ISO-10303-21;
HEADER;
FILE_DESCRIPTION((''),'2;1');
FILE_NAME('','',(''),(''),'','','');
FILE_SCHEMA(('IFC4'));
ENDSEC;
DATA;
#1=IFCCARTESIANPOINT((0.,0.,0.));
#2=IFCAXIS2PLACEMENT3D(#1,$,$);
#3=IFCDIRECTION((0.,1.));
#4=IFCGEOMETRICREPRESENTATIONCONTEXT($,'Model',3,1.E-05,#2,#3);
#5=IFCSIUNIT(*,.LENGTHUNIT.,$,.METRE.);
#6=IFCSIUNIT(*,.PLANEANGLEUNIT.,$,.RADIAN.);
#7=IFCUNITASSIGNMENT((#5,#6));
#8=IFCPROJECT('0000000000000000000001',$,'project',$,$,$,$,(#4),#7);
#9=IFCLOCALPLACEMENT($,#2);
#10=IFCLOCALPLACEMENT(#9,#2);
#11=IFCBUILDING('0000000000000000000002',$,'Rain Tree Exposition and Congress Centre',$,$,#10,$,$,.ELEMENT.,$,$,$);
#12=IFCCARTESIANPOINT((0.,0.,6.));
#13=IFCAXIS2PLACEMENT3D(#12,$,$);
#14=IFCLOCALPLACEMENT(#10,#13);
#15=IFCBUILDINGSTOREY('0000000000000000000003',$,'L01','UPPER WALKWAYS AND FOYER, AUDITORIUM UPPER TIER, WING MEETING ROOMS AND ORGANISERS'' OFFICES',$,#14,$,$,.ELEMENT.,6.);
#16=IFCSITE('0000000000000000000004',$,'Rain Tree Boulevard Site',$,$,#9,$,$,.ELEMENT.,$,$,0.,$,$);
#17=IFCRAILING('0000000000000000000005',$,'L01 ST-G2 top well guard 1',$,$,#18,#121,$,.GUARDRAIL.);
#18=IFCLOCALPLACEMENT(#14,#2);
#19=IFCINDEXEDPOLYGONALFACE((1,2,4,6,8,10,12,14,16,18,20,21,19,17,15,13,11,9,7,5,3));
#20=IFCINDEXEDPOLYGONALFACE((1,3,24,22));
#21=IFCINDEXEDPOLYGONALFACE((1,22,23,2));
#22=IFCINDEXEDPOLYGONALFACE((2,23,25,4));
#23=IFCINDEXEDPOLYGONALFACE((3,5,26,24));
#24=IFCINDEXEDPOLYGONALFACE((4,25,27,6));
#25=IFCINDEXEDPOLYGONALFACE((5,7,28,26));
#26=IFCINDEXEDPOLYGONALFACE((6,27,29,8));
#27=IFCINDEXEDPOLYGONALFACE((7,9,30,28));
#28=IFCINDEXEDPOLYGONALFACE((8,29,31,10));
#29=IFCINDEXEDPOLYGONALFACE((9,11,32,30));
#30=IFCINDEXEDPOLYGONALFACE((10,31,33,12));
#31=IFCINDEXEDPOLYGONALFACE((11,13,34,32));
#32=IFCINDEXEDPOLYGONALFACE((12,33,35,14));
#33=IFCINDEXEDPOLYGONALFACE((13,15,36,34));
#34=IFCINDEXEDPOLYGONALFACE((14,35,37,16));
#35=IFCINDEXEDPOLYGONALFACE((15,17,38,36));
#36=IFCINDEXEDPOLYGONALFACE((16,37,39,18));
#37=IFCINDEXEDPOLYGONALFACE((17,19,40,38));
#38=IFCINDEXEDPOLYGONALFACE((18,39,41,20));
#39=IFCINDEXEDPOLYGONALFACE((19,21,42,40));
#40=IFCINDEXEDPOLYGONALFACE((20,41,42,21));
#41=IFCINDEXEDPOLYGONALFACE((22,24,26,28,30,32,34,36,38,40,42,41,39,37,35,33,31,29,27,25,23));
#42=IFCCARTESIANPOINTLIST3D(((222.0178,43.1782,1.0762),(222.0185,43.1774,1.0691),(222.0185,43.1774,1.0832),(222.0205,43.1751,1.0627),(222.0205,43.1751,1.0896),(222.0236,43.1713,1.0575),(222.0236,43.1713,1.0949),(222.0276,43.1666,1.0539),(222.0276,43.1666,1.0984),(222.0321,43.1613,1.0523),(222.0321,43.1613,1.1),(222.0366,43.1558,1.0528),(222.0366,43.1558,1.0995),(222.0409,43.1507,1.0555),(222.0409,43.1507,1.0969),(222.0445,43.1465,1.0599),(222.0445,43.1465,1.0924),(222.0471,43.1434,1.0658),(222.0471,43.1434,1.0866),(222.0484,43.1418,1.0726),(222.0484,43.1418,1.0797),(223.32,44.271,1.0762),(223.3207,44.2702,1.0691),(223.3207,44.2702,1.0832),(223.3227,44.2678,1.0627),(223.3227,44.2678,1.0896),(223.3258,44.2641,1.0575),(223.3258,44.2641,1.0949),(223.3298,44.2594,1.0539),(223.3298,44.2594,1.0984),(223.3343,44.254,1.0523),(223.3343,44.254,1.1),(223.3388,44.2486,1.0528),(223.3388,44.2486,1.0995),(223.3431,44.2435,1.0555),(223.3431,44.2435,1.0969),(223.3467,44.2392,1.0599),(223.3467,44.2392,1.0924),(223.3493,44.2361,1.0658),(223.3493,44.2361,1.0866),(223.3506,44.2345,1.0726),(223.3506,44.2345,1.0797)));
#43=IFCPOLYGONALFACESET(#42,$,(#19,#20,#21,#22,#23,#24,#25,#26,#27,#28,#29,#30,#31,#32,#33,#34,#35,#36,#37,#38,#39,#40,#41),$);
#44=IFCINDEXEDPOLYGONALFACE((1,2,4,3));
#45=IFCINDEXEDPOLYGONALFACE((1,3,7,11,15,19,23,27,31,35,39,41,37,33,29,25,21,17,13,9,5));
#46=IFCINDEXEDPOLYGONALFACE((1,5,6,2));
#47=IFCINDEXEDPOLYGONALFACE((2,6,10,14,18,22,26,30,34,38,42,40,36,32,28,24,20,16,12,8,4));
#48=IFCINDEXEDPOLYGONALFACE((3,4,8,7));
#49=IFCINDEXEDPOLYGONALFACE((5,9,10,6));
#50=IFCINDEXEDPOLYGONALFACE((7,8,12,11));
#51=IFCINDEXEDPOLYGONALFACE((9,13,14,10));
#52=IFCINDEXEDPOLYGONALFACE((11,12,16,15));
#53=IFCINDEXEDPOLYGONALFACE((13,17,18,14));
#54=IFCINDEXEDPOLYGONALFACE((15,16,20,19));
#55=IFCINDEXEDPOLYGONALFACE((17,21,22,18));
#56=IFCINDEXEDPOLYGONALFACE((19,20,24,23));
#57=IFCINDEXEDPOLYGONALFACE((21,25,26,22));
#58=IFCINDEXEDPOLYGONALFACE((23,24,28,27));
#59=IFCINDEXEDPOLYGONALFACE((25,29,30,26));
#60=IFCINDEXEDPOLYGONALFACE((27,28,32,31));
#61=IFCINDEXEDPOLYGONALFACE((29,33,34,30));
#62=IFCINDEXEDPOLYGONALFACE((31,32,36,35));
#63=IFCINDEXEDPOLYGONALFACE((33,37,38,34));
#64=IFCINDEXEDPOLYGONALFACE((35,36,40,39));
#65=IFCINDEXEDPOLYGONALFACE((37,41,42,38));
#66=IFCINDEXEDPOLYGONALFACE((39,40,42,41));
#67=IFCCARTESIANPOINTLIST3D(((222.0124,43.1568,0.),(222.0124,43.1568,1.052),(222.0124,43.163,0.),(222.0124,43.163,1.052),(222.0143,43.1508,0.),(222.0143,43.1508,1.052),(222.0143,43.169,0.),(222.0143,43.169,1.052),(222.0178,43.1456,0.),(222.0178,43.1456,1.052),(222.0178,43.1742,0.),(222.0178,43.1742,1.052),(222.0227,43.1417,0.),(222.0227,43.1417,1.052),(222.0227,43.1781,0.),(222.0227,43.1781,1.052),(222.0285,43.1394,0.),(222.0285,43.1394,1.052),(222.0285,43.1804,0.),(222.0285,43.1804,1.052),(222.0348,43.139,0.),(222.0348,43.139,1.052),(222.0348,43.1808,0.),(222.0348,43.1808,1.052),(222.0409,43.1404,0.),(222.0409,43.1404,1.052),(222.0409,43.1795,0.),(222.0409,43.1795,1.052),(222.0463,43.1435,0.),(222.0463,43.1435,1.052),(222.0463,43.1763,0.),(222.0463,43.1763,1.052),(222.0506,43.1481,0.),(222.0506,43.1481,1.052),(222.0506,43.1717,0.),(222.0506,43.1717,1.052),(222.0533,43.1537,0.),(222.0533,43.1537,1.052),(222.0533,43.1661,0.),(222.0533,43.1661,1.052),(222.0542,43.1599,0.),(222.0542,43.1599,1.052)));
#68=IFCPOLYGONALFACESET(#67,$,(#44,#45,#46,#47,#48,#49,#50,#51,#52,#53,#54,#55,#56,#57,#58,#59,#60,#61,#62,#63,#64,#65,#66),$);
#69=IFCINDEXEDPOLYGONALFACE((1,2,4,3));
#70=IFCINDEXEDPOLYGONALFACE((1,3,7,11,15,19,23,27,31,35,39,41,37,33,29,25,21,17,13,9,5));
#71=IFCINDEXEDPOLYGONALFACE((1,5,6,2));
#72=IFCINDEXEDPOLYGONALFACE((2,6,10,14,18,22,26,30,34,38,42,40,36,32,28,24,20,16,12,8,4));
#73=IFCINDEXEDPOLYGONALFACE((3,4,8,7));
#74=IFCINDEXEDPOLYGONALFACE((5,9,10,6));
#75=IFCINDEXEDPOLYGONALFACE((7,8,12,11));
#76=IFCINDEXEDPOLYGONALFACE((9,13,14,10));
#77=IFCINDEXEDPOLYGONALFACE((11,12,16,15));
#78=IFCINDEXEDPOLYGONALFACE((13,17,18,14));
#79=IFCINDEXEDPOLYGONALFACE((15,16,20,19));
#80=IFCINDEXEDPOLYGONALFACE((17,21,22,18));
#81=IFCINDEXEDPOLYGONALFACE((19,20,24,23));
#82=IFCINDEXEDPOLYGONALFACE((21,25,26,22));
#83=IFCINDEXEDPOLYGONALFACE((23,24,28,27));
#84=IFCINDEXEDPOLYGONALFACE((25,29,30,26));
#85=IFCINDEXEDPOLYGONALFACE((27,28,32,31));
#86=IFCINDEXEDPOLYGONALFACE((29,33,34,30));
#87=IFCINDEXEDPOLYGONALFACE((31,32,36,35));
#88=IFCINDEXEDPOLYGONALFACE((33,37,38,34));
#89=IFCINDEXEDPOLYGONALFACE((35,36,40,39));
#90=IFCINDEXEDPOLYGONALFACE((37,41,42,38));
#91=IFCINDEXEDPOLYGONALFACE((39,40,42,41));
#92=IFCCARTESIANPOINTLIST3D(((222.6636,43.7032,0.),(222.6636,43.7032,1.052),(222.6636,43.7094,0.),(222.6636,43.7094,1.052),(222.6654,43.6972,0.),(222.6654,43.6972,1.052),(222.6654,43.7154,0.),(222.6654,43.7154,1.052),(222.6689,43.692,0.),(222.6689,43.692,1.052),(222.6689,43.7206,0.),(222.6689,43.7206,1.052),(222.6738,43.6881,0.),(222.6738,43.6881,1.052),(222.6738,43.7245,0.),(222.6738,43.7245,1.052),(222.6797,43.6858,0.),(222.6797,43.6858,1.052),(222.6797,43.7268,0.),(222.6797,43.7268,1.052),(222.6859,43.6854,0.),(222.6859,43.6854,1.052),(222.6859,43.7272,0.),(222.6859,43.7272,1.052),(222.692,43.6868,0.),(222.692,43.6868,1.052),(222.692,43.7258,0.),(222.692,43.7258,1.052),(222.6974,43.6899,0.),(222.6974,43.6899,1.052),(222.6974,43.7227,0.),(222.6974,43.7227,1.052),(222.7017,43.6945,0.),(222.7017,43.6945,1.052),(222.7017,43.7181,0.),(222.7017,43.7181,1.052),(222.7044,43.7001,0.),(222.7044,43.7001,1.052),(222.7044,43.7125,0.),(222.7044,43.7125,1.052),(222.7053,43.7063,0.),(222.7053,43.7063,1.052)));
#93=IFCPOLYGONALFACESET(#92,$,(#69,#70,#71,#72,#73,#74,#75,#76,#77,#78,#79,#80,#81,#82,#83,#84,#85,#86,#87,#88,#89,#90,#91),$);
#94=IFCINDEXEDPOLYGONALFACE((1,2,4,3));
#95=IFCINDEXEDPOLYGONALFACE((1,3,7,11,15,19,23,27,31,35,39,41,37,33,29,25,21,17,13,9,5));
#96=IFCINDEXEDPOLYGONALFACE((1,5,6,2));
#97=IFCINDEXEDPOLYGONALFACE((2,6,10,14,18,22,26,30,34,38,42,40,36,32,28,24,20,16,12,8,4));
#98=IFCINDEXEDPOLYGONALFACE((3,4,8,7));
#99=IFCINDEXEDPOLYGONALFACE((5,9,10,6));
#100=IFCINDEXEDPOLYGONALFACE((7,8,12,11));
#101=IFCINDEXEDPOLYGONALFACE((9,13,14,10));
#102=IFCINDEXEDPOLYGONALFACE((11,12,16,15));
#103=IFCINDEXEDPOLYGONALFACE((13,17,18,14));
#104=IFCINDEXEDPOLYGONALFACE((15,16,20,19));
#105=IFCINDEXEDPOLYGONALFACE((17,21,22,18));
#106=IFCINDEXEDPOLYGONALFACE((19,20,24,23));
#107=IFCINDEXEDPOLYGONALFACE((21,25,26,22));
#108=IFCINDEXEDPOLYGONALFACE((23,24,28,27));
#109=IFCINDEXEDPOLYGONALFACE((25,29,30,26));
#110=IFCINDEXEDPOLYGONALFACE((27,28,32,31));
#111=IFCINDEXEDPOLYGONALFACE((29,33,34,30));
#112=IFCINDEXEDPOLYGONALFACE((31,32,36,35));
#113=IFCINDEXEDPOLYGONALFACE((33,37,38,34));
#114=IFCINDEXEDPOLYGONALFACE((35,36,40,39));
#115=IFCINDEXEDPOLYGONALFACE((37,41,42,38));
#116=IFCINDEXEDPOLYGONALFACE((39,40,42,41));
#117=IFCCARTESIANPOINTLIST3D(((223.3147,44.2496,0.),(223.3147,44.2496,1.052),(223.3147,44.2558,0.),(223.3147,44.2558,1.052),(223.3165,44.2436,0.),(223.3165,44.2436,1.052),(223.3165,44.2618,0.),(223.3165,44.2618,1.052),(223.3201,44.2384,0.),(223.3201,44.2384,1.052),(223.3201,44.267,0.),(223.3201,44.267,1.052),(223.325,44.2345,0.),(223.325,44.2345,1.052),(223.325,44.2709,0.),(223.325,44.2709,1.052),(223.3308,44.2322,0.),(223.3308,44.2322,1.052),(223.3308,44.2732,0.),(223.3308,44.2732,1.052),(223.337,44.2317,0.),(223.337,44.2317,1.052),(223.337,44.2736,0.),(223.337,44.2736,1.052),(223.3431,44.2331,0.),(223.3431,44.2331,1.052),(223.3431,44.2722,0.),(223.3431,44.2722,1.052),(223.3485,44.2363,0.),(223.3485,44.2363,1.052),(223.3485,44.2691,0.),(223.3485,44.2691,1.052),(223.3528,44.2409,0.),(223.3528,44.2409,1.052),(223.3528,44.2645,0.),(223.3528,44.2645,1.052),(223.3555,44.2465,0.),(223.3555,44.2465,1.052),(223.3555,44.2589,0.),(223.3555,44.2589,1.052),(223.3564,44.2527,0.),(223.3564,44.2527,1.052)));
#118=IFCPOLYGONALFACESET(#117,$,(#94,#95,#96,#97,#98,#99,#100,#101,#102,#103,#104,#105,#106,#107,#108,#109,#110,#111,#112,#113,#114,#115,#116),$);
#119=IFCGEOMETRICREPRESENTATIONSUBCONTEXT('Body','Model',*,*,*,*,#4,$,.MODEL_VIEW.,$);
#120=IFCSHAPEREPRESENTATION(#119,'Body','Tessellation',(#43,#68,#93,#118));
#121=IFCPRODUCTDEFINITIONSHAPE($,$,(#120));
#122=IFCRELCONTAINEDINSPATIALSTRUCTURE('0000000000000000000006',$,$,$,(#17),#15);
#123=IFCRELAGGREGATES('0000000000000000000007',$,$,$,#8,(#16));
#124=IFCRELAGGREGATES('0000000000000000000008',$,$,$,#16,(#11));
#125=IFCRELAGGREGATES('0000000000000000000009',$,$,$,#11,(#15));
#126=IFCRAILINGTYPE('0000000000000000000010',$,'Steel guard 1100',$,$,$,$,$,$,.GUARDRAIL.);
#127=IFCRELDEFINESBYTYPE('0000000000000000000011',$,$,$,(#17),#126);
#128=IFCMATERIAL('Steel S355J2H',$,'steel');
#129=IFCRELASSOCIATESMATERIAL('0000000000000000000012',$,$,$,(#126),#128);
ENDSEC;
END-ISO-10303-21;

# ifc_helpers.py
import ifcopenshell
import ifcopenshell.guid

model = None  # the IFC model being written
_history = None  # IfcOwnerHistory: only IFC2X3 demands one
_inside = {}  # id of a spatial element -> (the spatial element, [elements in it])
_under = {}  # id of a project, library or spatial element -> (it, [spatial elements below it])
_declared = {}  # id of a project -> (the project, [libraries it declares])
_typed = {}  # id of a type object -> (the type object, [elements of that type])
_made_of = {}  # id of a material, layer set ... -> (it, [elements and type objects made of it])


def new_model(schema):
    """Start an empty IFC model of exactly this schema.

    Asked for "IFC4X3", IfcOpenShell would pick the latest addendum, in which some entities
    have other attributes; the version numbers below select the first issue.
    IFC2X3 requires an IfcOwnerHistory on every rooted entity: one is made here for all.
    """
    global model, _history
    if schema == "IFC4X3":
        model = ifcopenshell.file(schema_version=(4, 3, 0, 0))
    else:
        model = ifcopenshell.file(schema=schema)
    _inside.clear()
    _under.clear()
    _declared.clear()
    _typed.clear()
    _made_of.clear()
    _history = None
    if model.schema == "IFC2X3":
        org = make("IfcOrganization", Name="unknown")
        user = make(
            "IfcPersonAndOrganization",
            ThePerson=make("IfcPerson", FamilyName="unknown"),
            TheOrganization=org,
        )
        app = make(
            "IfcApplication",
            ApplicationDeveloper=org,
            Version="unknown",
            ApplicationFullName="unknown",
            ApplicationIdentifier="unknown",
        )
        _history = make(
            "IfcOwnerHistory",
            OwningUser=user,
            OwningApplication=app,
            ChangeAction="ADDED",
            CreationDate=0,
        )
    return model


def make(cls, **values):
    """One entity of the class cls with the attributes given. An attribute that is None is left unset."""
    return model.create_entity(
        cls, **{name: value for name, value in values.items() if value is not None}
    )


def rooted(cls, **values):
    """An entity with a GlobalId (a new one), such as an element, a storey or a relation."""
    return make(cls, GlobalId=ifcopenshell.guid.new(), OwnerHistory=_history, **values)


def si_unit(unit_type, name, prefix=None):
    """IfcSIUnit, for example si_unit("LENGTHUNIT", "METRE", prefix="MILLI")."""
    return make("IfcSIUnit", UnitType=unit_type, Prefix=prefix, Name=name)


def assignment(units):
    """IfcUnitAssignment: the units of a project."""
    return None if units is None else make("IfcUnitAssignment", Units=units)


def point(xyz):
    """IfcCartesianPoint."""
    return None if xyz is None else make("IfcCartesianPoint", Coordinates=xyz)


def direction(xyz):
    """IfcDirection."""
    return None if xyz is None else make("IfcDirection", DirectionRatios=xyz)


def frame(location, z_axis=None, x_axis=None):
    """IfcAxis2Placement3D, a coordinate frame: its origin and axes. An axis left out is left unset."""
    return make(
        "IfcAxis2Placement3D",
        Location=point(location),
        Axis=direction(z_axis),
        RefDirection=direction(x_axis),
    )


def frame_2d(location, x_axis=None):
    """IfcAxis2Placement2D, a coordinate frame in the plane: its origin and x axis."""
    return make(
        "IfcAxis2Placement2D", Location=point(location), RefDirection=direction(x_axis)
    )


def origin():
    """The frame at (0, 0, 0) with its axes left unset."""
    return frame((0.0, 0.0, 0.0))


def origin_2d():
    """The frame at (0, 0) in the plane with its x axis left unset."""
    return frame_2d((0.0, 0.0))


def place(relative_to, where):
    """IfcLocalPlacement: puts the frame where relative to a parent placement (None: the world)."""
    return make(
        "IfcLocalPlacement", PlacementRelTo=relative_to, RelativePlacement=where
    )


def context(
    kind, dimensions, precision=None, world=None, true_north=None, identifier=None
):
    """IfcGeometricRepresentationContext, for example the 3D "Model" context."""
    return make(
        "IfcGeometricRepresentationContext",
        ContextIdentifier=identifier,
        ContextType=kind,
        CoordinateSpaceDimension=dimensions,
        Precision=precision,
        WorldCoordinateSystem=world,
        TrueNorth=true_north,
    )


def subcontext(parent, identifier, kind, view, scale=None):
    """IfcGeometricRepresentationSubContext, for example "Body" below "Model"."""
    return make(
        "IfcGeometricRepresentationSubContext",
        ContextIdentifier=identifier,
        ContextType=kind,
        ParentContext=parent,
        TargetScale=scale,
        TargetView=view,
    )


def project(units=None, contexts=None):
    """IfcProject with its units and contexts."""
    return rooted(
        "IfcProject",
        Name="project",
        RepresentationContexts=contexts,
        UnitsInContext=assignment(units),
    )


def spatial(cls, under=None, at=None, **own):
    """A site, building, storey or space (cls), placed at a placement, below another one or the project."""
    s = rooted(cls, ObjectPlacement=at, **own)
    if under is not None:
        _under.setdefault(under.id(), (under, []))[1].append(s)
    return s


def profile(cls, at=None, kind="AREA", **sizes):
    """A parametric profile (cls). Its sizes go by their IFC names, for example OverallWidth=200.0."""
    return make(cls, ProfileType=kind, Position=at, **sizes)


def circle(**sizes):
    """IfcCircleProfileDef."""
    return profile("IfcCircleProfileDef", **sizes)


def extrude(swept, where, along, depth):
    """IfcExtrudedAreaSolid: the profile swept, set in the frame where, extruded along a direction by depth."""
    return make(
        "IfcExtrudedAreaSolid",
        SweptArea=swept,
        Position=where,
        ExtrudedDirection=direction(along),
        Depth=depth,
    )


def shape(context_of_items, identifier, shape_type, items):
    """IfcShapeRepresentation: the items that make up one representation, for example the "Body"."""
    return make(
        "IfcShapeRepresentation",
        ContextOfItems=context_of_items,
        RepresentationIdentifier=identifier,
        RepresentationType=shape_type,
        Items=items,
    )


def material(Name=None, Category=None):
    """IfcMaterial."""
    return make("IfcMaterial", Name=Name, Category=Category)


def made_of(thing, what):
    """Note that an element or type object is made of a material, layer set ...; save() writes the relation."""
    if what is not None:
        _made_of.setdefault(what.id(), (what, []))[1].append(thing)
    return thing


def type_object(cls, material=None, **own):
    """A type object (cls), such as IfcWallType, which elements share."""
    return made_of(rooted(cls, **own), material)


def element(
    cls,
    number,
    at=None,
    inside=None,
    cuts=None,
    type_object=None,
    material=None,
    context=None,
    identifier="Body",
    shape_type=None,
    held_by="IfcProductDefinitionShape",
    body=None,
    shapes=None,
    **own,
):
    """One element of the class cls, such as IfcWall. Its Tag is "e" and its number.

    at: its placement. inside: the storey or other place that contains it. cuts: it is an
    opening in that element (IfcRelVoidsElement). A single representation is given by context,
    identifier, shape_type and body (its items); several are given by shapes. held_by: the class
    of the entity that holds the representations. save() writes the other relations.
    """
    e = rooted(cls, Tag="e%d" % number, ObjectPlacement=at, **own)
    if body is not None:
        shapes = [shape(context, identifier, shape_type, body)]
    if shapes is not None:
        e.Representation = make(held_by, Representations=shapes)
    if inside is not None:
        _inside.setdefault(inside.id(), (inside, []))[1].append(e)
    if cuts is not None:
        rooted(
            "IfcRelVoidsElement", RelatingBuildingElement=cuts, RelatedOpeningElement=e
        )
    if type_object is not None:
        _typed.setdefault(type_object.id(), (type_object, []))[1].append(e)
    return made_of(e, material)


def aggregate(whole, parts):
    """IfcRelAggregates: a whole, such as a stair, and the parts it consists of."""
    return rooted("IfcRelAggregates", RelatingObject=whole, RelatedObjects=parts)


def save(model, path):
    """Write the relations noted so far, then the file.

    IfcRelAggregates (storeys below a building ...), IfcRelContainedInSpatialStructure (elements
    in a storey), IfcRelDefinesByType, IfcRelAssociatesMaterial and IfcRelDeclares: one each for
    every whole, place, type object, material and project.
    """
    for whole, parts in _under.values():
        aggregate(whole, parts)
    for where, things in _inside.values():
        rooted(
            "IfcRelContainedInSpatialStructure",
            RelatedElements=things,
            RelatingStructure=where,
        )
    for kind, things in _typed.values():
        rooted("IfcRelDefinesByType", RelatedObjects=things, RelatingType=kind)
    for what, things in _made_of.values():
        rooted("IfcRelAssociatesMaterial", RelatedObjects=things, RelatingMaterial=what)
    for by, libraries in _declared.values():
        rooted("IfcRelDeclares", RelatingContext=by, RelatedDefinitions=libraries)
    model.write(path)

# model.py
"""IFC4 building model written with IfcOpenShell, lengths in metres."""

from ifc_helpers import new_model, si_unit, direction, frame, origin, origin_2d, place, context, subcontext, project, spatial, circle, extrude, material, type_object, element, save


model = new_model("IFC4")

# Units and contexts
model_context = context("Model", 3, precision=1e-05, world=origin(), true_north=direction((0.0, 1.0)))
body_context = subcontext(model_context, "Body", "Model", "MODEL_VIEW")
ifc_project = project(units=[si_unit("LENGTHUNIT", "METRE"), si_unit("PLANEANGLEUNIT", "RADIAN")], contexts=[model_context])

# Site, building, storey
site_placement = place(None, origin())
site = spatial("IfcSite", under=ifc_project, at=site_placement, Name="Rain Tree Boulevard Site", CompositionType="ELEMENT", RefElevation=0.0)
building_placement = place(site_placement, origin())
building = spatial("IfcBuilding", under=site, at=building_placement, Name="Rain Tree Exposition and Congress Centre", CompositionType="ELEMENT")
storey_placement = place(building_placement, frame((0.0, 0.0, 6.0)))
storey = spatial("IfcBuildingStorey", under=building, at=storey_placement, Name="L01", Description="UPPER WALKWAYS AND FOYER, AUDITORIUM UPPER TIER, WING MEETING ROOMS AND ORGANISERS' OFFICES", CompositionType="ELEMENT", Elevation=6.0)

# Railing
ifc_material_1 = material(Name="Steel S355J2H", Category="steel")
railing_type = type_object("IfcRailingType", Name="Steel guard 1100", PredefinedType="GUARDRAIL", material=ifc_material_1)
railing_placement = place(storey_placement, frame((222.0332, 43.1599, 0.0)))
element("IfcRailing", 1, at=railing_placement, inside=storey, type_object=railing_type, Name="L01 ST-G2 top well guard 1", PredefinedType="GUARDRAIL", context=body_context, shape_type="SweptSolid", body=[
    extrude(circle(Radius=0.0239, at=origin_2d()), frame((0.0, 0.0, 1.0762), z_axis=(0.766027, 0.642808, 0.0), x_axis=(-0.642808, 0.766027, 0.0)), (0.0, 0.0, 1.0), 1.7),
    extrude(circle(Radius=0.021, at=origin_2d()), origin(), (0.0, 0.0, 1.0), 1.052),
    extrude(circle(Radius=0.021, at=origin_2d()), frame((0.6511, 0.5464, 0.0)), (0.0, 0.0, 1.0), 1.052),
    extrude(circle(Radius=0.021, at=origin_2d()), frame((1.3022, 1.0928, 0.0)), (0.0, 0.0, 1.0), 1.052),
])

save(model, "model.ifc")
